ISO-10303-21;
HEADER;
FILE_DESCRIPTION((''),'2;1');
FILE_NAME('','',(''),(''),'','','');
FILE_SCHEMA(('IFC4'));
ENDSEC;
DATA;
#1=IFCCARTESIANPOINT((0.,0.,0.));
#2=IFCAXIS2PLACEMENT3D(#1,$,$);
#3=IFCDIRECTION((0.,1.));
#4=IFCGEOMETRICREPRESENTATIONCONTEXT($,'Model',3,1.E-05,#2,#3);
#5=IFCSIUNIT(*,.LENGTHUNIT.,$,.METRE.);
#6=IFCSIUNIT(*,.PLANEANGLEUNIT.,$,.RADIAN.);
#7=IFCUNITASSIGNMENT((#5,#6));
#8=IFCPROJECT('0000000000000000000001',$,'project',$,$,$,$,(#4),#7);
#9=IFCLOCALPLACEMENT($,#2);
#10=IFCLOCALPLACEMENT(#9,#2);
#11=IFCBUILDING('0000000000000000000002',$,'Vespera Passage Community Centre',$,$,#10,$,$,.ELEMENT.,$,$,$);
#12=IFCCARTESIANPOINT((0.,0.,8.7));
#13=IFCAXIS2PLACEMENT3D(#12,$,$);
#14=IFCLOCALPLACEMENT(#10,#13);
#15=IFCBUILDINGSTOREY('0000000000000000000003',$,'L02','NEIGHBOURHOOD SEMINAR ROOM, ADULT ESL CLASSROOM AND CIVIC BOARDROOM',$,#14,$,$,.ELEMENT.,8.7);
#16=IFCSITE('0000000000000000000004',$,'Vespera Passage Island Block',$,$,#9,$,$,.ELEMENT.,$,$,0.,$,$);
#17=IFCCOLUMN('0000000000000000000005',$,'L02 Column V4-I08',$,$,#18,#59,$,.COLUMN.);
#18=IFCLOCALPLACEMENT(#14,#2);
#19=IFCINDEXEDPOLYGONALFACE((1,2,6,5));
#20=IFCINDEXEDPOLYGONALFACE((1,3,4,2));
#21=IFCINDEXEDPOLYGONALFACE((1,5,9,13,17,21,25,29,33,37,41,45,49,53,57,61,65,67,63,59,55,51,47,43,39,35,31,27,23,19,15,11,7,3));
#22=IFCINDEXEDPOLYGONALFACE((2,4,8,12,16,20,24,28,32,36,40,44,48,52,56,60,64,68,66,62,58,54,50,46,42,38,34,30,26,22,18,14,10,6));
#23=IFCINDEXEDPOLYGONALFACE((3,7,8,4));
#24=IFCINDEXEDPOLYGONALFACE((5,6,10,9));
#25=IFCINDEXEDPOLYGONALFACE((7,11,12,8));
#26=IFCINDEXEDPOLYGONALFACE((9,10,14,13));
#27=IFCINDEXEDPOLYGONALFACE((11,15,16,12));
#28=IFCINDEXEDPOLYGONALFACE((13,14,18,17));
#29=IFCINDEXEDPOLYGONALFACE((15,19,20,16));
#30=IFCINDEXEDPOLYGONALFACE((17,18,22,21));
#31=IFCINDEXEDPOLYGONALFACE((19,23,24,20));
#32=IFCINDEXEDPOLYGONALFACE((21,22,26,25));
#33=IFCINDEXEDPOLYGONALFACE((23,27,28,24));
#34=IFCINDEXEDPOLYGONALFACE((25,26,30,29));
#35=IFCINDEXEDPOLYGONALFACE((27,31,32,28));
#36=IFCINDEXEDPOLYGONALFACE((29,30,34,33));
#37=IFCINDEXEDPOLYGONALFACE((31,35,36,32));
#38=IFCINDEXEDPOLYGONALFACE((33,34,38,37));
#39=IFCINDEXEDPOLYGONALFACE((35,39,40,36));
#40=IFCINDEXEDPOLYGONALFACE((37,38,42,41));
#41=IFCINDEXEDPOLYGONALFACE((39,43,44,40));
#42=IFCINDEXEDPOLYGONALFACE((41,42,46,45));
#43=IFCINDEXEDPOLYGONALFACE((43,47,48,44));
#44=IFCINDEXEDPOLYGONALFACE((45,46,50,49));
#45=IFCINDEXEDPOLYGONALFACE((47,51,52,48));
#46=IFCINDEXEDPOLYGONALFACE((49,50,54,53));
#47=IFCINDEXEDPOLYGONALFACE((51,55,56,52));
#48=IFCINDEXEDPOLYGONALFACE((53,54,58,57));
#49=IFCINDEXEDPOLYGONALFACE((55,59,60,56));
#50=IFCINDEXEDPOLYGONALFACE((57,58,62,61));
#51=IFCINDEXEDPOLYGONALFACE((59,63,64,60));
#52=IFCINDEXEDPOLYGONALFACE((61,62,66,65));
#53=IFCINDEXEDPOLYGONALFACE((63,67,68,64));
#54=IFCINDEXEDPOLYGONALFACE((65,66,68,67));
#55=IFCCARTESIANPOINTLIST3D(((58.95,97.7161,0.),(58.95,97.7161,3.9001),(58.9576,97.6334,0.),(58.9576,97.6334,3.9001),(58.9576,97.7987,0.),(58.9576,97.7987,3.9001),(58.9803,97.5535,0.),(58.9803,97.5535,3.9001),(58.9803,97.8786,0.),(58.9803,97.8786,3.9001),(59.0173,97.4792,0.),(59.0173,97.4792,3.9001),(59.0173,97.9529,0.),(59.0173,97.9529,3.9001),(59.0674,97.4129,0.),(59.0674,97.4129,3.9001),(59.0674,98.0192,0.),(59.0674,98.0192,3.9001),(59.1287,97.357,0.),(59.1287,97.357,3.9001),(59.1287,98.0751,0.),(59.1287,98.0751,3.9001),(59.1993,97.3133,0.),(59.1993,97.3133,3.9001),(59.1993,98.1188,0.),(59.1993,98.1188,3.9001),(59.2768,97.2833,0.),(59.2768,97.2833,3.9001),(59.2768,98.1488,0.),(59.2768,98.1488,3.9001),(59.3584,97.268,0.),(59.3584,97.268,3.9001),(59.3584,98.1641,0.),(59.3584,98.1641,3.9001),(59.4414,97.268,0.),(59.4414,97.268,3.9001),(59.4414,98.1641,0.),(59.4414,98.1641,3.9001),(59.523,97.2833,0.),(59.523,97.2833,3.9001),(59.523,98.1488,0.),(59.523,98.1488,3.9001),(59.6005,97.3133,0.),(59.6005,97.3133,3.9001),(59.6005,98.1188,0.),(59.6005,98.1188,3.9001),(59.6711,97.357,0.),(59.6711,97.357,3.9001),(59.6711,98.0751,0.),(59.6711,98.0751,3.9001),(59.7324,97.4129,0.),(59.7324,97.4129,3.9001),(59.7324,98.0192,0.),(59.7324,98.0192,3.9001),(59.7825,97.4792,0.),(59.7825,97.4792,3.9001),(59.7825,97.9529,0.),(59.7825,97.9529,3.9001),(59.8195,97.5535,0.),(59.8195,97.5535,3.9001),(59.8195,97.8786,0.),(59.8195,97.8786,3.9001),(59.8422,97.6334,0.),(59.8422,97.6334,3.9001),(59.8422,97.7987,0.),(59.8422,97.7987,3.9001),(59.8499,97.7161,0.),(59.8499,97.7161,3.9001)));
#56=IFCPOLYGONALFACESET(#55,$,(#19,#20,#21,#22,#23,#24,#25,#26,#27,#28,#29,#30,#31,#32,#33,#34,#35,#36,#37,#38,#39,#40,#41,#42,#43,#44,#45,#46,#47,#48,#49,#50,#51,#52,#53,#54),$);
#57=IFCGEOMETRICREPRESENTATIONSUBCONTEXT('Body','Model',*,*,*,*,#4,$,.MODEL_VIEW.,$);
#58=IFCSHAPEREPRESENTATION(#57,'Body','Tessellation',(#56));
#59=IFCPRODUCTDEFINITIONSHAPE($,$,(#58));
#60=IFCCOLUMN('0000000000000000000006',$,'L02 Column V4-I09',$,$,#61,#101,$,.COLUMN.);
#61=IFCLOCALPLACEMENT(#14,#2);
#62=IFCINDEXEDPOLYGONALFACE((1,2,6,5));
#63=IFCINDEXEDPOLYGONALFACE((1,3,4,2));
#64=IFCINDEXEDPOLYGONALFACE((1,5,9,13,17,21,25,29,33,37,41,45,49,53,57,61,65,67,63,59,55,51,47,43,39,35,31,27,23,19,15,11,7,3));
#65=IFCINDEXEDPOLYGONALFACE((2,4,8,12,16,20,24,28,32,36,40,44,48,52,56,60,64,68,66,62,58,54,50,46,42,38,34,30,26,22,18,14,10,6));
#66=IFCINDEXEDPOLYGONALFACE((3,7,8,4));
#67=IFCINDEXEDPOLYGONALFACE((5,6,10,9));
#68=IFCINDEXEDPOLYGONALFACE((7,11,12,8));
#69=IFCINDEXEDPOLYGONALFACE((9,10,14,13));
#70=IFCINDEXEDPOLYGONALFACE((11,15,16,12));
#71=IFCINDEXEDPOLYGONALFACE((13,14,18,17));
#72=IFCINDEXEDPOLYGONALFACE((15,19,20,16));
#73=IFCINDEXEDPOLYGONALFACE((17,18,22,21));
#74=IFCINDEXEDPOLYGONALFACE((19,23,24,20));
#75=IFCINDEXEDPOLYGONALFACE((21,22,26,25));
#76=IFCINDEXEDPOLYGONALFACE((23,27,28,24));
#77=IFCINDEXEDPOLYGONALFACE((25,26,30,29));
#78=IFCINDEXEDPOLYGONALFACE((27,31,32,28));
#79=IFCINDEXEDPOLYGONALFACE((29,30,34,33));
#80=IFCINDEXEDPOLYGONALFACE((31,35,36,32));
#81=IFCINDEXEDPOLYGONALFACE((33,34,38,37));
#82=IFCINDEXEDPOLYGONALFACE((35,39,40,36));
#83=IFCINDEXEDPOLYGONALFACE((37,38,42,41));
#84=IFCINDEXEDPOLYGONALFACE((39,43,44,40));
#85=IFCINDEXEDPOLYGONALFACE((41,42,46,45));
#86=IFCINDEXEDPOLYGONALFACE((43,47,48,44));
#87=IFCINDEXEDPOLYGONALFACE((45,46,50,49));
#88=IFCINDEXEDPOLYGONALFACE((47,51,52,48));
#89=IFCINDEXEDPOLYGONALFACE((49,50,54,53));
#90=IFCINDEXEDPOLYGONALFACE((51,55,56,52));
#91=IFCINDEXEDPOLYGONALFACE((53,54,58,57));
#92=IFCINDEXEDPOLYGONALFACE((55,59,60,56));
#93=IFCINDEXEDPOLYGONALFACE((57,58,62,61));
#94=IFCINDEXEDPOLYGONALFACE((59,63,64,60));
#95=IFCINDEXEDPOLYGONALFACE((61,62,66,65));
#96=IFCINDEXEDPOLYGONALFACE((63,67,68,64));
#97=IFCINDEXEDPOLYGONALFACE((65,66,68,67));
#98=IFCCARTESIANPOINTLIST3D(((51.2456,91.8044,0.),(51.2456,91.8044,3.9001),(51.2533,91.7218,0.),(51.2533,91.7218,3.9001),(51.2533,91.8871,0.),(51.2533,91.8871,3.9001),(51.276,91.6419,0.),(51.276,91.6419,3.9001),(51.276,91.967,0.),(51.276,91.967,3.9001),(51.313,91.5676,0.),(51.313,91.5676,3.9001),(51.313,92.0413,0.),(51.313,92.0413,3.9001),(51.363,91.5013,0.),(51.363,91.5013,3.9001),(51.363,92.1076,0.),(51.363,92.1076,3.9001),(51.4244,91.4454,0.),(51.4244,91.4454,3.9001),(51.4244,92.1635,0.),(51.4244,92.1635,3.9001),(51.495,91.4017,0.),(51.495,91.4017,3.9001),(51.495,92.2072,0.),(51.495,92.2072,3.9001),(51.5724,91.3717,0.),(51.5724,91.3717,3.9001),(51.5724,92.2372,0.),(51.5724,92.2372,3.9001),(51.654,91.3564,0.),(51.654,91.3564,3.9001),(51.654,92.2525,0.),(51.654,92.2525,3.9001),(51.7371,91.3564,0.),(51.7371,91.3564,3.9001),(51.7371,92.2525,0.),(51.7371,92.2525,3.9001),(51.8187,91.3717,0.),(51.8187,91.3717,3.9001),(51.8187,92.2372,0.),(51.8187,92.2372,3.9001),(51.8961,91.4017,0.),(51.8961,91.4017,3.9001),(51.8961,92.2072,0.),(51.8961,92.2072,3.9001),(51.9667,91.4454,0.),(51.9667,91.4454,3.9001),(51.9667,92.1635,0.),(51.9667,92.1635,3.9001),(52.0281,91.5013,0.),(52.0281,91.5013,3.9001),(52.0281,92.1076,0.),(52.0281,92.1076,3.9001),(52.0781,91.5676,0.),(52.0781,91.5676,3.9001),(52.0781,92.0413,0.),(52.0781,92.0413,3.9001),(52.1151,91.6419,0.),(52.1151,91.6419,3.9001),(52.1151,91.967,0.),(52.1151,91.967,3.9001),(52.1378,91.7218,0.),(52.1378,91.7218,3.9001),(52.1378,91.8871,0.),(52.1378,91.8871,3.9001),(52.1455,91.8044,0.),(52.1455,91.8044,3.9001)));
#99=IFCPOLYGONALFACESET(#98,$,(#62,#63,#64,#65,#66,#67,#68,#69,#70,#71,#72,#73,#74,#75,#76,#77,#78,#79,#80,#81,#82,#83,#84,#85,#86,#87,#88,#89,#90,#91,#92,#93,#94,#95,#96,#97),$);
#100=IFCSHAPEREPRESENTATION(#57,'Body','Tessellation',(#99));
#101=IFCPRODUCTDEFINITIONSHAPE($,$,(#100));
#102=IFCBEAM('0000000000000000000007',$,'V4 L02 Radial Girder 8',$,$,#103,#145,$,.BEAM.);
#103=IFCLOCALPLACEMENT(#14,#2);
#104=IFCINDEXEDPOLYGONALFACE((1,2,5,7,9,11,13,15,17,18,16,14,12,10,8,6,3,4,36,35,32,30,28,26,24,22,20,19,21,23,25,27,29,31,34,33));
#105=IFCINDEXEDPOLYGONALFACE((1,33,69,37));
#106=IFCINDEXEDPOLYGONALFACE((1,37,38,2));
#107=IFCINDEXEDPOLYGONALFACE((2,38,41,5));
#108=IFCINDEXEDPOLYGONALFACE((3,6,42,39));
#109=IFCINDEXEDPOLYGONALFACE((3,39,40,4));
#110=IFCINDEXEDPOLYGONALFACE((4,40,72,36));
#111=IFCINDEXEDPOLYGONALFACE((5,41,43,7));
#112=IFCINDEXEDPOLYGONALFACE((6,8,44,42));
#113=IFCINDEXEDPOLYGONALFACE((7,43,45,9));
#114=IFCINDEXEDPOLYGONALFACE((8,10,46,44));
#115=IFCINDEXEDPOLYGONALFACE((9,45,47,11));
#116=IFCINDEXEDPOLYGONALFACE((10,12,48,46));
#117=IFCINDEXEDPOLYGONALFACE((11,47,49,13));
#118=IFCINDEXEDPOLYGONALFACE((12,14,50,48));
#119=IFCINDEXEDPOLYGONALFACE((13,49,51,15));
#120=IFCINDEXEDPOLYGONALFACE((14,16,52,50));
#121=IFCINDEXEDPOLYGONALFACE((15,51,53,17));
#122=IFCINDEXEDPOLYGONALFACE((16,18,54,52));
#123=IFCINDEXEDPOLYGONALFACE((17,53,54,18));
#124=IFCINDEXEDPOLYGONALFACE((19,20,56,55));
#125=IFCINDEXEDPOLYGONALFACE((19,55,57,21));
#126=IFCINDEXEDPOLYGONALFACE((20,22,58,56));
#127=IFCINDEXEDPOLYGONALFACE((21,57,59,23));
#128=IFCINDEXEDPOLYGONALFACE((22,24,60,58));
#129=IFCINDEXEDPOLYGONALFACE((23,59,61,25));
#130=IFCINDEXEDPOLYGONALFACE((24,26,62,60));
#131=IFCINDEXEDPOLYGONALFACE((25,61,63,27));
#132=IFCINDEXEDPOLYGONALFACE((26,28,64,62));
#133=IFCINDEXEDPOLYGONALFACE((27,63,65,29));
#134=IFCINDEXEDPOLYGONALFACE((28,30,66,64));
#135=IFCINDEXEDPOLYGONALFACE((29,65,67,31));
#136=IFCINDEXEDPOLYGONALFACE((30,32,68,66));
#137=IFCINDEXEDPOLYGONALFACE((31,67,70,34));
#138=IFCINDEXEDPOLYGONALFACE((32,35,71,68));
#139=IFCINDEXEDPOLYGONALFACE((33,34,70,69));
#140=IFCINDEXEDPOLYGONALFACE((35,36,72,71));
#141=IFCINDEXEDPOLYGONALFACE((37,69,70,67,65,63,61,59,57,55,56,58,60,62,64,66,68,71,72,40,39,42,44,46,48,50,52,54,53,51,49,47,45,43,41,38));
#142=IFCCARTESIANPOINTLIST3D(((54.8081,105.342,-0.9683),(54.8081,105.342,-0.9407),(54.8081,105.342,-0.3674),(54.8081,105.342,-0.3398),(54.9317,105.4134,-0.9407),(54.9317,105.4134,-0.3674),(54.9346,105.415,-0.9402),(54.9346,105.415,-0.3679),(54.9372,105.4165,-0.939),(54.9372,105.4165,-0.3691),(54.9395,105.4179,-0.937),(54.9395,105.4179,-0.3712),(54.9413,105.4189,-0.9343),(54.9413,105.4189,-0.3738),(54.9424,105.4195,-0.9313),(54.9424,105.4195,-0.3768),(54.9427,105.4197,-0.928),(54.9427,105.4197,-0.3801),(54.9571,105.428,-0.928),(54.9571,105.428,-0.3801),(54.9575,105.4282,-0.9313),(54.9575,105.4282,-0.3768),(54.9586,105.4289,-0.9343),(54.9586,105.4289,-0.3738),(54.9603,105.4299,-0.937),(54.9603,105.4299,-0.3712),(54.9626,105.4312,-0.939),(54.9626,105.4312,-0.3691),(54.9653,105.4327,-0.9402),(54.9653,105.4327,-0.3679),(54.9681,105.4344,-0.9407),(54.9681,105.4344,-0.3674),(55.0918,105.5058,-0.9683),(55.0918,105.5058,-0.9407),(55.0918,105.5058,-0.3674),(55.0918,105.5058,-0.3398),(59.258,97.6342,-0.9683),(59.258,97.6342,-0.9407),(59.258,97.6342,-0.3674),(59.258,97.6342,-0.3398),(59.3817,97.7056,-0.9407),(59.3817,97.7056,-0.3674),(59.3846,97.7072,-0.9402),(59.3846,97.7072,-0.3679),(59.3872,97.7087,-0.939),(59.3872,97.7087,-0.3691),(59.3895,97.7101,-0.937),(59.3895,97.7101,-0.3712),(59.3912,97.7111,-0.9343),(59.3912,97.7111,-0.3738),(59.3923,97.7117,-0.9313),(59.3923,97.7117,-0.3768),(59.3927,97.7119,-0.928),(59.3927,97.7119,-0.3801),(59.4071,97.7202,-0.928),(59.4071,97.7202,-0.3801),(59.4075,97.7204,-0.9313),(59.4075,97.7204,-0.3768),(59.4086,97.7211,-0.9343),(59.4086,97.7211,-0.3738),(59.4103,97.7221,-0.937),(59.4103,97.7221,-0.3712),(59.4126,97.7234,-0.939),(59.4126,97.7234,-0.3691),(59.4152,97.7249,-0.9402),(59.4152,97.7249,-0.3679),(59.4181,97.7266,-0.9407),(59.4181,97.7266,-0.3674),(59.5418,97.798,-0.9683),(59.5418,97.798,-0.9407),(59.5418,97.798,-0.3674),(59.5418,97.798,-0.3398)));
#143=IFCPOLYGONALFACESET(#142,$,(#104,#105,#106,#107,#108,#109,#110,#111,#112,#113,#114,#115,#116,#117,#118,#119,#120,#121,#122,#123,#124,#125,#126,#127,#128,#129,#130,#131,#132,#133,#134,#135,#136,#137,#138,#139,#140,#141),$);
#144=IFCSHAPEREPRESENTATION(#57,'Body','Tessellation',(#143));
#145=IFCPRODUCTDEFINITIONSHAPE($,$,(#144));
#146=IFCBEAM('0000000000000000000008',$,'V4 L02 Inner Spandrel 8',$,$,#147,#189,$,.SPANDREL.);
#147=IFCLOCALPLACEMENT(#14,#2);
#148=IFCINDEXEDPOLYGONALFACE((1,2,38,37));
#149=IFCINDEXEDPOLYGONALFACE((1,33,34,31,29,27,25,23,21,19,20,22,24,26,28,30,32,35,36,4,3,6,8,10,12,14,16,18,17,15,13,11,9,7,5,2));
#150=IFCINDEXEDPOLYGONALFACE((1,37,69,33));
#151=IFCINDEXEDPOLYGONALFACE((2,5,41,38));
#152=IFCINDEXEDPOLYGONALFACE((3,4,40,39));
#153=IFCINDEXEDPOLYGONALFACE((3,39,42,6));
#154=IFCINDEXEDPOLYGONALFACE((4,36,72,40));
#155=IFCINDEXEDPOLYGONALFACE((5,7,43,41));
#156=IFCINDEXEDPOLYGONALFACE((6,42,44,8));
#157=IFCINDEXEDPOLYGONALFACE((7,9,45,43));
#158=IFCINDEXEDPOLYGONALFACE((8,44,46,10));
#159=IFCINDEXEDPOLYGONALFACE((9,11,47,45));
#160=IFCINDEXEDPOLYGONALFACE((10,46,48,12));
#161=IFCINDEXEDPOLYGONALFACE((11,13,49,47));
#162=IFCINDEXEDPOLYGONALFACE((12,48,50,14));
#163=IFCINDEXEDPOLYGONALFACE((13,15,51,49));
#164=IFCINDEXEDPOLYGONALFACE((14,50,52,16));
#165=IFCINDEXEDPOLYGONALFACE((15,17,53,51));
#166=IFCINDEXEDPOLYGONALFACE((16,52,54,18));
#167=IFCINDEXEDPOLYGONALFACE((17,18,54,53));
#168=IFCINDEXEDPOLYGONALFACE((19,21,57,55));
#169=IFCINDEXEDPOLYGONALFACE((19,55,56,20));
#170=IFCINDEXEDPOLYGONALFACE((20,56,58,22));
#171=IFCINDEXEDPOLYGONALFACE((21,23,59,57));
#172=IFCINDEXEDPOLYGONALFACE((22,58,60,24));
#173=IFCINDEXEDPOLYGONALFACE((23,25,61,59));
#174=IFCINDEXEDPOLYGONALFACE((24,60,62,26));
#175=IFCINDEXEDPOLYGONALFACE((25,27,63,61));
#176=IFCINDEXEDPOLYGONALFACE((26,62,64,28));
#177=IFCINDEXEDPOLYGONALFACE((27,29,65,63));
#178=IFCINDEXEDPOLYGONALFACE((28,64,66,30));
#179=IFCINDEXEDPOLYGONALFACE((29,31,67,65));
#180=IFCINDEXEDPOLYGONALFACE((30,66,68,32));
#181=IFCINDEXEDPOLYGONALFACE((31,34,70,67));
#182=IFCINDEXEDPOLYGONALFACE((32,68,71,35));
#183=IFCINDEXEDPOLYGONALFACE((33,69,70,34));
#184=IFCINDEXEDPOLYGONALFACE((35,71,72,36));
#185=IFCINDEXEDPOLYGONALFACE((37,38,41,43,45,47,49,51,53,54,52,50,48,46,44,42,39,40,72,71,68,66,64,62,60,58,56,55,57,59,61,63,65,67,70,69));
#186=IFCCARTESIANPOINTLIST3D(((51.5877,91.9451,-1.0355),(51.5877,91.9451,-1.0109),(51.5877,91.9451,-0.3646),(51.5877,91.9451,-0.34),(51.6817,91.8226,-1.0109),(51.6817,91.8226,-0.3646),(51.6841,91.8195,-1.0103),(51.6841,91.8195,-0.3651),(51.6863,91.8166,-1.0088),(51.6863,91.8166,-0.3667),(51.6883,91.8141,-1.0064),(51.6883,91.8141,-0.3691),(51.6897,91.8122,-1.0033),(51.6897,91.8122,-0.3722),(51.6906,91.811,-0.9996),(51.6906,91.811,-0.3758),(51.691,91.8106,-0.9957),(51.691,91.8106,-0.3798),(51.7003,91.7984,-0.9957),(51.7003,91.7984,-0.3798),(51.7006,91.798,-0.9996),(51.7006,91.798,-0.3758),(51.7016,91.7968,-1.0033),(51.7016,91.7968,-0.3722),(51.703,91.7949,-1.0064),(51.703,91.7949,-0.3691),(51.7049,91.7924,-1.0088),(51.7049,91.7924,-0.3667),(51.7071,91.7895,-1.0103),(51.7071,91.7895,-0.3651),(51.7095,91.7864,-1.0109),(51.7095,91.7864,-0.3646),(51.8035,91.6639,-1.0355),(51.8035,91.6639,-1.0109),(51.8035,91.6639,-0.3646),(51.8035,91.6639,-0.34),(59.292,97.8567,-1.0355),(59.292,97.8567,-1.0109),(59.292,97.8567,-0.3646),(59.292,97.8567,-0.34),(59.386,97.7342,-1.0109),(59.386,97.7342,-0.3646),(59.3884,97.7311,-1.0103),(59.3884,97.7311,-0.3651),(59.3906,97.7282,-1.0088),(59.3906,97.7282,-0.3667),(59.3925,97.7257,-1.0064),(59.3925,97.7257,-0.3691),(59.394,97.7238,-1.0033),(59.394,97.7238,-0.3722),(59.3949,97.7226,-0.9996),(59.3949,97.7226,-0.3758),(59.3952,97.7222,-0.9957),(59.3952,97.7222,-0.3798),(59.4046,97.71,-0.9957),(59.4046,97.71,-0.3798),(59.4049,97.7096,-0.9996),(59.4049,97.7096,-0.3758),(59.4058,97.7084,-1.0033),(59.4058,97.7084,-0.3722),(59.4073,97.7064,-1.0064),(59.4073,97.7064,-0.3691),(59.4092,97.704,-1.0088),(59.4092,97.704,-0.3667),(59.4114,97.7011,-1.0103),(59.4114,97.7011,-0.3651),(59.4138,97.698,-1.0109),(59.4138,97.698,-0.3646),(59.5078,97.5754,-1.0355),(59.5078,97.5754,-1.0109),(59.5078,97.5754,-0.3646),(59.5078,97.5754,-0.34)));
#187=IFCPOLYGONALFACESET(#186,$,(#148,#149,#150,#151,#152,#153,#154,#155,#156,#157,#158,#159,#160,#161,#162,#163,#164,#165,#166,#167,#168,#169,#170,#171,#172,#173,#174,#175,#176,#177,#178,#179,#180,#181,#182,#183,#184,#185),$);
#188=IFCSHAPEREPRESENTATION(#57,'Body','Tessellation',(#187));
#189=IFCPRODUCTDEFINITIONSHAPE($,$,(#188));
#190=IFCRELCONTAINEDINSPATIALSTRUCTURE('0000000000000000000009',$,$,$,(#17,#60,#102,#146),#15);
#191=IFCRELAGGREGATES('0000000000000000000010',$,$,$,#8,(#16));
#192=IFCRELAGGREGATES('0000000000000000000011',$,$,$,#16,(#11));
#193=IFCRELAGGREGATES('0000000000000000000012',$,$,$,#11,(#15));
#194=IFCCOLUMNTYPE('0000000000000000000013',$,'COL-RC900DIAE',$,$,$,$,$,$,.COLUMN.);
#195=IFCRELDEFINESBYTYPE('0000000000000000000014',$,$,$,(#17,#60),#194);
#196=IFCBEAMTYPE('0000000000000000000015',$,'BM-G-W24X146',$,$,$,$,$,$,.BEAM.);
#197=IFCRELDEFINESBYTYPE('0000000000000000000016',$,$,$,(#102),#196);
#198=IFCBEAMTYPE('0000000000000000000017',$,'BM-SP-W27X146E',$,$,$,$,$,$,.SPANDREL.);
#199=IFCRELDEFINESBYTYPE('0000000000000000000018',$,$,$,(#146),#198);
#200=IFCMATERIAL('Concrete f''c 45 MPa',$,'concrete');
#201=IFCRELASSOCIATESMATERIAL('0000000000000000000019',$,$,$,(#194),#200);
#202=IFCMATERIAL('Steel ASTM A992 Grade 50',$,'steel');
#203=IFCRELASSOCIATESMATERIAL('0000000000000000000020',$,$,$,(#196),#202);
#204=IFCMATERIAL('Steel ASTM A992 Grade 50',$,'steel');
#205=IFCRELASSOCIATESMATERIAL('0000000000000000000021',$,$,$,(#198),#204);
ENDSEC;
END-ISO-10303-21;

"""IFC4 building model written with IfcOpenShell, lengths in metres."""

from ifc_helpers import new_model, si_unit, direction, frame, origin, origin_2d, place, context, subcontext, project, spatial, circle, i_section, extrude, material, material_profile, profile_set, type_object, element, save


model = new_model("IFC4")

# Units and contexts
model_context = context("Model", 3, precision=1e-05, world=origin(), true_north=direction((0.0, 1.0)))
body_context = subcontext(model_context, "Body", "Model", "MODEL_VIEW")
ifc_project = project(units=[si_unit("LENGTHUNIT", "METRE"), si_unit("PLANEANGLEUNIT", "RADIAN")], contexts=[model_context])

# Site, building, storey
site_placement = place(None, origin())
site = spatial("IfcSite", under=ifc_project, at=site_placement, Name="Vespera Passage Island Block", CompositionType="ELEMENT", RefElevation=0.0)
building_placement = place(site_placement, origin())
building = spatial("IfcBuilding", under=site, at=building_placement, Name="Vespera Passage Community Centre", CompositionType="ELEMENT")
storey_placement = place(building_placement, frame((0.0, 0.0, 8.7)))
storey = spatial("IfcBuildingStorey", under=building, at=storey_placement, Name="L02", Description="NEIGHBOURHOOD SEMINAR ROOM, ADULT ESL CLASSROOM AND CIVIC BOARDROOM", CompositionType="ELEMENT", Elevation=8.7)

# Columns
ifc_material_1 = material(Name="Concrete f'c 45 MPa", Category="concrete")
ifc_material_profile_1 = material_profile(ifc_material_1, circle(Radius=0.45, at=origin_2d()), Name="RC900DIA")
ifc_profile_set_1 = profile_set([ifc_material_profile_1], Name="Concrete f'c 45 MPa")
column_type = type_object("IfcColumnType", Name="COL-RC900DIAE", PredefinedType="COLUMN", material=ifc_profile_set_1)
for number, where, z_axis, x_axis, name in (
    (1, (59.3999, 97.7161, 0.0), (0.0, 0.0, 1.0), (1.0, 0.0, 0.0), "L02 Column V4-I08"),
    (2, (51.6956, 91.8044, 0.0), (0.0, 0.0, 1.0), (1.0, 0.0, 0.0), "L02 Column V4-I09"),
):
    element("IfcColumn", number, at=place(storey_placement, frame(where, z_axis=z_axis, x_axis=x_axis)), inside=storey, type_object=column_type, Name=name, PredefinedType="COLUMN", context=body_context, shape_type="SweptSolid", body=[
        extrude(circle(Radius=0.45, at=origin_2d()), origin(), (0.0, 0.0, 1.0), 3.9001),
    ])

# Beams
ifc_material_2 = material(Name="Steel ASTM A992 Grade 50", Category="steel")
ifc_material_profile_2 = material_profile(ifc_material_2, i_section(OverallWidth=0.3276, OverallDepth=0.6284, WebThickness=0.0166, FlangeThickness=0.0276, FilletRadius=0.0127, at=origin_2d()), Name="W24X146")
ifc_profile_set_2 = profile_set([ifc_material_profile_2], Name="Steel ASTM A992 Grade 50")
beam_type_1 = type_object("IfcBeamType", Name="BM-G-W24X146", PredefinedType="BEAM", material=ifc_profile_set_2)
beam_placement = place(storey_placement, frame((59.3999, 97.7161, -0.6541), z_axis=(-0.499989, 0.866032, 0.0), x_axis=(-0.866032, -0.499989, 0.0)))
element("IfcBeam", 3, at=beam_placement, inside=storey, type_object=beam_type_1, Name="V4 L02 Radial Girder 8", PredefinedType="BEAM", context=body_context, shape_type="SweptSolid", body=[
    extrude(i_section(OverallWidth=0.3276, OverallDepth=0.6284, WebThickness=0.0166, FlangeThickness=0.0276, FilletRadius=0.0127, at=origin_2d()), origin(), (0.0, 0.0, 1.0), 8.9001),
])
ifc_material_3 = material(Name="Steel ASTM A992 Grade 50", Category="steel")
ifc_material_profile_3 = material_profile(ifc_material_3, i_section(OverallWidth=0.3545, OverallDepth=0.6956, WebThickness=0.0154, FlangeThickness=0.0247, FilletRadius=0.0151, at=origin_2d()), Name="W27X146")
ifc_profile_set_3 = profile_set([ifc_material_profile_3], Name="Steel ASTM A992 Grade 50")
beam_type_2 = type_object("IfcBeamType", Name="BM-SP-W27X146E", PredefinedType="SPANDREL", material=ifc_profile_set_3)
for number, where, z_axis, x_axis, name in (
    (4, (59.3999, 97.7161, -0.6877), (-0.79336, -0.608753, 0.0), (0.608753, -0.79336, 0.0), "V4 L02 Inner Spandrel 8"),
):
    element("IfcBeam", number, at=place(storey_placement, frame(where, z_axis=z_axis, x_axis=x_axis)), inside=storey, type_object=beam_type_2, Name=name, PredefinedType="SPANDREL", context=body_context, shape_type="SweptSolid", body=[
        extrude(i_section(OverallWidth=0.3545, OverallDepth=0.6956, WebThickness=0.0154, FlangeThickness=0.0247, FilletRadius=0.0151, at=origin_2d()), origin(), (0.0, 0.0, 1.0), 9.7109),
    ])

save(model, "model.ifc")
